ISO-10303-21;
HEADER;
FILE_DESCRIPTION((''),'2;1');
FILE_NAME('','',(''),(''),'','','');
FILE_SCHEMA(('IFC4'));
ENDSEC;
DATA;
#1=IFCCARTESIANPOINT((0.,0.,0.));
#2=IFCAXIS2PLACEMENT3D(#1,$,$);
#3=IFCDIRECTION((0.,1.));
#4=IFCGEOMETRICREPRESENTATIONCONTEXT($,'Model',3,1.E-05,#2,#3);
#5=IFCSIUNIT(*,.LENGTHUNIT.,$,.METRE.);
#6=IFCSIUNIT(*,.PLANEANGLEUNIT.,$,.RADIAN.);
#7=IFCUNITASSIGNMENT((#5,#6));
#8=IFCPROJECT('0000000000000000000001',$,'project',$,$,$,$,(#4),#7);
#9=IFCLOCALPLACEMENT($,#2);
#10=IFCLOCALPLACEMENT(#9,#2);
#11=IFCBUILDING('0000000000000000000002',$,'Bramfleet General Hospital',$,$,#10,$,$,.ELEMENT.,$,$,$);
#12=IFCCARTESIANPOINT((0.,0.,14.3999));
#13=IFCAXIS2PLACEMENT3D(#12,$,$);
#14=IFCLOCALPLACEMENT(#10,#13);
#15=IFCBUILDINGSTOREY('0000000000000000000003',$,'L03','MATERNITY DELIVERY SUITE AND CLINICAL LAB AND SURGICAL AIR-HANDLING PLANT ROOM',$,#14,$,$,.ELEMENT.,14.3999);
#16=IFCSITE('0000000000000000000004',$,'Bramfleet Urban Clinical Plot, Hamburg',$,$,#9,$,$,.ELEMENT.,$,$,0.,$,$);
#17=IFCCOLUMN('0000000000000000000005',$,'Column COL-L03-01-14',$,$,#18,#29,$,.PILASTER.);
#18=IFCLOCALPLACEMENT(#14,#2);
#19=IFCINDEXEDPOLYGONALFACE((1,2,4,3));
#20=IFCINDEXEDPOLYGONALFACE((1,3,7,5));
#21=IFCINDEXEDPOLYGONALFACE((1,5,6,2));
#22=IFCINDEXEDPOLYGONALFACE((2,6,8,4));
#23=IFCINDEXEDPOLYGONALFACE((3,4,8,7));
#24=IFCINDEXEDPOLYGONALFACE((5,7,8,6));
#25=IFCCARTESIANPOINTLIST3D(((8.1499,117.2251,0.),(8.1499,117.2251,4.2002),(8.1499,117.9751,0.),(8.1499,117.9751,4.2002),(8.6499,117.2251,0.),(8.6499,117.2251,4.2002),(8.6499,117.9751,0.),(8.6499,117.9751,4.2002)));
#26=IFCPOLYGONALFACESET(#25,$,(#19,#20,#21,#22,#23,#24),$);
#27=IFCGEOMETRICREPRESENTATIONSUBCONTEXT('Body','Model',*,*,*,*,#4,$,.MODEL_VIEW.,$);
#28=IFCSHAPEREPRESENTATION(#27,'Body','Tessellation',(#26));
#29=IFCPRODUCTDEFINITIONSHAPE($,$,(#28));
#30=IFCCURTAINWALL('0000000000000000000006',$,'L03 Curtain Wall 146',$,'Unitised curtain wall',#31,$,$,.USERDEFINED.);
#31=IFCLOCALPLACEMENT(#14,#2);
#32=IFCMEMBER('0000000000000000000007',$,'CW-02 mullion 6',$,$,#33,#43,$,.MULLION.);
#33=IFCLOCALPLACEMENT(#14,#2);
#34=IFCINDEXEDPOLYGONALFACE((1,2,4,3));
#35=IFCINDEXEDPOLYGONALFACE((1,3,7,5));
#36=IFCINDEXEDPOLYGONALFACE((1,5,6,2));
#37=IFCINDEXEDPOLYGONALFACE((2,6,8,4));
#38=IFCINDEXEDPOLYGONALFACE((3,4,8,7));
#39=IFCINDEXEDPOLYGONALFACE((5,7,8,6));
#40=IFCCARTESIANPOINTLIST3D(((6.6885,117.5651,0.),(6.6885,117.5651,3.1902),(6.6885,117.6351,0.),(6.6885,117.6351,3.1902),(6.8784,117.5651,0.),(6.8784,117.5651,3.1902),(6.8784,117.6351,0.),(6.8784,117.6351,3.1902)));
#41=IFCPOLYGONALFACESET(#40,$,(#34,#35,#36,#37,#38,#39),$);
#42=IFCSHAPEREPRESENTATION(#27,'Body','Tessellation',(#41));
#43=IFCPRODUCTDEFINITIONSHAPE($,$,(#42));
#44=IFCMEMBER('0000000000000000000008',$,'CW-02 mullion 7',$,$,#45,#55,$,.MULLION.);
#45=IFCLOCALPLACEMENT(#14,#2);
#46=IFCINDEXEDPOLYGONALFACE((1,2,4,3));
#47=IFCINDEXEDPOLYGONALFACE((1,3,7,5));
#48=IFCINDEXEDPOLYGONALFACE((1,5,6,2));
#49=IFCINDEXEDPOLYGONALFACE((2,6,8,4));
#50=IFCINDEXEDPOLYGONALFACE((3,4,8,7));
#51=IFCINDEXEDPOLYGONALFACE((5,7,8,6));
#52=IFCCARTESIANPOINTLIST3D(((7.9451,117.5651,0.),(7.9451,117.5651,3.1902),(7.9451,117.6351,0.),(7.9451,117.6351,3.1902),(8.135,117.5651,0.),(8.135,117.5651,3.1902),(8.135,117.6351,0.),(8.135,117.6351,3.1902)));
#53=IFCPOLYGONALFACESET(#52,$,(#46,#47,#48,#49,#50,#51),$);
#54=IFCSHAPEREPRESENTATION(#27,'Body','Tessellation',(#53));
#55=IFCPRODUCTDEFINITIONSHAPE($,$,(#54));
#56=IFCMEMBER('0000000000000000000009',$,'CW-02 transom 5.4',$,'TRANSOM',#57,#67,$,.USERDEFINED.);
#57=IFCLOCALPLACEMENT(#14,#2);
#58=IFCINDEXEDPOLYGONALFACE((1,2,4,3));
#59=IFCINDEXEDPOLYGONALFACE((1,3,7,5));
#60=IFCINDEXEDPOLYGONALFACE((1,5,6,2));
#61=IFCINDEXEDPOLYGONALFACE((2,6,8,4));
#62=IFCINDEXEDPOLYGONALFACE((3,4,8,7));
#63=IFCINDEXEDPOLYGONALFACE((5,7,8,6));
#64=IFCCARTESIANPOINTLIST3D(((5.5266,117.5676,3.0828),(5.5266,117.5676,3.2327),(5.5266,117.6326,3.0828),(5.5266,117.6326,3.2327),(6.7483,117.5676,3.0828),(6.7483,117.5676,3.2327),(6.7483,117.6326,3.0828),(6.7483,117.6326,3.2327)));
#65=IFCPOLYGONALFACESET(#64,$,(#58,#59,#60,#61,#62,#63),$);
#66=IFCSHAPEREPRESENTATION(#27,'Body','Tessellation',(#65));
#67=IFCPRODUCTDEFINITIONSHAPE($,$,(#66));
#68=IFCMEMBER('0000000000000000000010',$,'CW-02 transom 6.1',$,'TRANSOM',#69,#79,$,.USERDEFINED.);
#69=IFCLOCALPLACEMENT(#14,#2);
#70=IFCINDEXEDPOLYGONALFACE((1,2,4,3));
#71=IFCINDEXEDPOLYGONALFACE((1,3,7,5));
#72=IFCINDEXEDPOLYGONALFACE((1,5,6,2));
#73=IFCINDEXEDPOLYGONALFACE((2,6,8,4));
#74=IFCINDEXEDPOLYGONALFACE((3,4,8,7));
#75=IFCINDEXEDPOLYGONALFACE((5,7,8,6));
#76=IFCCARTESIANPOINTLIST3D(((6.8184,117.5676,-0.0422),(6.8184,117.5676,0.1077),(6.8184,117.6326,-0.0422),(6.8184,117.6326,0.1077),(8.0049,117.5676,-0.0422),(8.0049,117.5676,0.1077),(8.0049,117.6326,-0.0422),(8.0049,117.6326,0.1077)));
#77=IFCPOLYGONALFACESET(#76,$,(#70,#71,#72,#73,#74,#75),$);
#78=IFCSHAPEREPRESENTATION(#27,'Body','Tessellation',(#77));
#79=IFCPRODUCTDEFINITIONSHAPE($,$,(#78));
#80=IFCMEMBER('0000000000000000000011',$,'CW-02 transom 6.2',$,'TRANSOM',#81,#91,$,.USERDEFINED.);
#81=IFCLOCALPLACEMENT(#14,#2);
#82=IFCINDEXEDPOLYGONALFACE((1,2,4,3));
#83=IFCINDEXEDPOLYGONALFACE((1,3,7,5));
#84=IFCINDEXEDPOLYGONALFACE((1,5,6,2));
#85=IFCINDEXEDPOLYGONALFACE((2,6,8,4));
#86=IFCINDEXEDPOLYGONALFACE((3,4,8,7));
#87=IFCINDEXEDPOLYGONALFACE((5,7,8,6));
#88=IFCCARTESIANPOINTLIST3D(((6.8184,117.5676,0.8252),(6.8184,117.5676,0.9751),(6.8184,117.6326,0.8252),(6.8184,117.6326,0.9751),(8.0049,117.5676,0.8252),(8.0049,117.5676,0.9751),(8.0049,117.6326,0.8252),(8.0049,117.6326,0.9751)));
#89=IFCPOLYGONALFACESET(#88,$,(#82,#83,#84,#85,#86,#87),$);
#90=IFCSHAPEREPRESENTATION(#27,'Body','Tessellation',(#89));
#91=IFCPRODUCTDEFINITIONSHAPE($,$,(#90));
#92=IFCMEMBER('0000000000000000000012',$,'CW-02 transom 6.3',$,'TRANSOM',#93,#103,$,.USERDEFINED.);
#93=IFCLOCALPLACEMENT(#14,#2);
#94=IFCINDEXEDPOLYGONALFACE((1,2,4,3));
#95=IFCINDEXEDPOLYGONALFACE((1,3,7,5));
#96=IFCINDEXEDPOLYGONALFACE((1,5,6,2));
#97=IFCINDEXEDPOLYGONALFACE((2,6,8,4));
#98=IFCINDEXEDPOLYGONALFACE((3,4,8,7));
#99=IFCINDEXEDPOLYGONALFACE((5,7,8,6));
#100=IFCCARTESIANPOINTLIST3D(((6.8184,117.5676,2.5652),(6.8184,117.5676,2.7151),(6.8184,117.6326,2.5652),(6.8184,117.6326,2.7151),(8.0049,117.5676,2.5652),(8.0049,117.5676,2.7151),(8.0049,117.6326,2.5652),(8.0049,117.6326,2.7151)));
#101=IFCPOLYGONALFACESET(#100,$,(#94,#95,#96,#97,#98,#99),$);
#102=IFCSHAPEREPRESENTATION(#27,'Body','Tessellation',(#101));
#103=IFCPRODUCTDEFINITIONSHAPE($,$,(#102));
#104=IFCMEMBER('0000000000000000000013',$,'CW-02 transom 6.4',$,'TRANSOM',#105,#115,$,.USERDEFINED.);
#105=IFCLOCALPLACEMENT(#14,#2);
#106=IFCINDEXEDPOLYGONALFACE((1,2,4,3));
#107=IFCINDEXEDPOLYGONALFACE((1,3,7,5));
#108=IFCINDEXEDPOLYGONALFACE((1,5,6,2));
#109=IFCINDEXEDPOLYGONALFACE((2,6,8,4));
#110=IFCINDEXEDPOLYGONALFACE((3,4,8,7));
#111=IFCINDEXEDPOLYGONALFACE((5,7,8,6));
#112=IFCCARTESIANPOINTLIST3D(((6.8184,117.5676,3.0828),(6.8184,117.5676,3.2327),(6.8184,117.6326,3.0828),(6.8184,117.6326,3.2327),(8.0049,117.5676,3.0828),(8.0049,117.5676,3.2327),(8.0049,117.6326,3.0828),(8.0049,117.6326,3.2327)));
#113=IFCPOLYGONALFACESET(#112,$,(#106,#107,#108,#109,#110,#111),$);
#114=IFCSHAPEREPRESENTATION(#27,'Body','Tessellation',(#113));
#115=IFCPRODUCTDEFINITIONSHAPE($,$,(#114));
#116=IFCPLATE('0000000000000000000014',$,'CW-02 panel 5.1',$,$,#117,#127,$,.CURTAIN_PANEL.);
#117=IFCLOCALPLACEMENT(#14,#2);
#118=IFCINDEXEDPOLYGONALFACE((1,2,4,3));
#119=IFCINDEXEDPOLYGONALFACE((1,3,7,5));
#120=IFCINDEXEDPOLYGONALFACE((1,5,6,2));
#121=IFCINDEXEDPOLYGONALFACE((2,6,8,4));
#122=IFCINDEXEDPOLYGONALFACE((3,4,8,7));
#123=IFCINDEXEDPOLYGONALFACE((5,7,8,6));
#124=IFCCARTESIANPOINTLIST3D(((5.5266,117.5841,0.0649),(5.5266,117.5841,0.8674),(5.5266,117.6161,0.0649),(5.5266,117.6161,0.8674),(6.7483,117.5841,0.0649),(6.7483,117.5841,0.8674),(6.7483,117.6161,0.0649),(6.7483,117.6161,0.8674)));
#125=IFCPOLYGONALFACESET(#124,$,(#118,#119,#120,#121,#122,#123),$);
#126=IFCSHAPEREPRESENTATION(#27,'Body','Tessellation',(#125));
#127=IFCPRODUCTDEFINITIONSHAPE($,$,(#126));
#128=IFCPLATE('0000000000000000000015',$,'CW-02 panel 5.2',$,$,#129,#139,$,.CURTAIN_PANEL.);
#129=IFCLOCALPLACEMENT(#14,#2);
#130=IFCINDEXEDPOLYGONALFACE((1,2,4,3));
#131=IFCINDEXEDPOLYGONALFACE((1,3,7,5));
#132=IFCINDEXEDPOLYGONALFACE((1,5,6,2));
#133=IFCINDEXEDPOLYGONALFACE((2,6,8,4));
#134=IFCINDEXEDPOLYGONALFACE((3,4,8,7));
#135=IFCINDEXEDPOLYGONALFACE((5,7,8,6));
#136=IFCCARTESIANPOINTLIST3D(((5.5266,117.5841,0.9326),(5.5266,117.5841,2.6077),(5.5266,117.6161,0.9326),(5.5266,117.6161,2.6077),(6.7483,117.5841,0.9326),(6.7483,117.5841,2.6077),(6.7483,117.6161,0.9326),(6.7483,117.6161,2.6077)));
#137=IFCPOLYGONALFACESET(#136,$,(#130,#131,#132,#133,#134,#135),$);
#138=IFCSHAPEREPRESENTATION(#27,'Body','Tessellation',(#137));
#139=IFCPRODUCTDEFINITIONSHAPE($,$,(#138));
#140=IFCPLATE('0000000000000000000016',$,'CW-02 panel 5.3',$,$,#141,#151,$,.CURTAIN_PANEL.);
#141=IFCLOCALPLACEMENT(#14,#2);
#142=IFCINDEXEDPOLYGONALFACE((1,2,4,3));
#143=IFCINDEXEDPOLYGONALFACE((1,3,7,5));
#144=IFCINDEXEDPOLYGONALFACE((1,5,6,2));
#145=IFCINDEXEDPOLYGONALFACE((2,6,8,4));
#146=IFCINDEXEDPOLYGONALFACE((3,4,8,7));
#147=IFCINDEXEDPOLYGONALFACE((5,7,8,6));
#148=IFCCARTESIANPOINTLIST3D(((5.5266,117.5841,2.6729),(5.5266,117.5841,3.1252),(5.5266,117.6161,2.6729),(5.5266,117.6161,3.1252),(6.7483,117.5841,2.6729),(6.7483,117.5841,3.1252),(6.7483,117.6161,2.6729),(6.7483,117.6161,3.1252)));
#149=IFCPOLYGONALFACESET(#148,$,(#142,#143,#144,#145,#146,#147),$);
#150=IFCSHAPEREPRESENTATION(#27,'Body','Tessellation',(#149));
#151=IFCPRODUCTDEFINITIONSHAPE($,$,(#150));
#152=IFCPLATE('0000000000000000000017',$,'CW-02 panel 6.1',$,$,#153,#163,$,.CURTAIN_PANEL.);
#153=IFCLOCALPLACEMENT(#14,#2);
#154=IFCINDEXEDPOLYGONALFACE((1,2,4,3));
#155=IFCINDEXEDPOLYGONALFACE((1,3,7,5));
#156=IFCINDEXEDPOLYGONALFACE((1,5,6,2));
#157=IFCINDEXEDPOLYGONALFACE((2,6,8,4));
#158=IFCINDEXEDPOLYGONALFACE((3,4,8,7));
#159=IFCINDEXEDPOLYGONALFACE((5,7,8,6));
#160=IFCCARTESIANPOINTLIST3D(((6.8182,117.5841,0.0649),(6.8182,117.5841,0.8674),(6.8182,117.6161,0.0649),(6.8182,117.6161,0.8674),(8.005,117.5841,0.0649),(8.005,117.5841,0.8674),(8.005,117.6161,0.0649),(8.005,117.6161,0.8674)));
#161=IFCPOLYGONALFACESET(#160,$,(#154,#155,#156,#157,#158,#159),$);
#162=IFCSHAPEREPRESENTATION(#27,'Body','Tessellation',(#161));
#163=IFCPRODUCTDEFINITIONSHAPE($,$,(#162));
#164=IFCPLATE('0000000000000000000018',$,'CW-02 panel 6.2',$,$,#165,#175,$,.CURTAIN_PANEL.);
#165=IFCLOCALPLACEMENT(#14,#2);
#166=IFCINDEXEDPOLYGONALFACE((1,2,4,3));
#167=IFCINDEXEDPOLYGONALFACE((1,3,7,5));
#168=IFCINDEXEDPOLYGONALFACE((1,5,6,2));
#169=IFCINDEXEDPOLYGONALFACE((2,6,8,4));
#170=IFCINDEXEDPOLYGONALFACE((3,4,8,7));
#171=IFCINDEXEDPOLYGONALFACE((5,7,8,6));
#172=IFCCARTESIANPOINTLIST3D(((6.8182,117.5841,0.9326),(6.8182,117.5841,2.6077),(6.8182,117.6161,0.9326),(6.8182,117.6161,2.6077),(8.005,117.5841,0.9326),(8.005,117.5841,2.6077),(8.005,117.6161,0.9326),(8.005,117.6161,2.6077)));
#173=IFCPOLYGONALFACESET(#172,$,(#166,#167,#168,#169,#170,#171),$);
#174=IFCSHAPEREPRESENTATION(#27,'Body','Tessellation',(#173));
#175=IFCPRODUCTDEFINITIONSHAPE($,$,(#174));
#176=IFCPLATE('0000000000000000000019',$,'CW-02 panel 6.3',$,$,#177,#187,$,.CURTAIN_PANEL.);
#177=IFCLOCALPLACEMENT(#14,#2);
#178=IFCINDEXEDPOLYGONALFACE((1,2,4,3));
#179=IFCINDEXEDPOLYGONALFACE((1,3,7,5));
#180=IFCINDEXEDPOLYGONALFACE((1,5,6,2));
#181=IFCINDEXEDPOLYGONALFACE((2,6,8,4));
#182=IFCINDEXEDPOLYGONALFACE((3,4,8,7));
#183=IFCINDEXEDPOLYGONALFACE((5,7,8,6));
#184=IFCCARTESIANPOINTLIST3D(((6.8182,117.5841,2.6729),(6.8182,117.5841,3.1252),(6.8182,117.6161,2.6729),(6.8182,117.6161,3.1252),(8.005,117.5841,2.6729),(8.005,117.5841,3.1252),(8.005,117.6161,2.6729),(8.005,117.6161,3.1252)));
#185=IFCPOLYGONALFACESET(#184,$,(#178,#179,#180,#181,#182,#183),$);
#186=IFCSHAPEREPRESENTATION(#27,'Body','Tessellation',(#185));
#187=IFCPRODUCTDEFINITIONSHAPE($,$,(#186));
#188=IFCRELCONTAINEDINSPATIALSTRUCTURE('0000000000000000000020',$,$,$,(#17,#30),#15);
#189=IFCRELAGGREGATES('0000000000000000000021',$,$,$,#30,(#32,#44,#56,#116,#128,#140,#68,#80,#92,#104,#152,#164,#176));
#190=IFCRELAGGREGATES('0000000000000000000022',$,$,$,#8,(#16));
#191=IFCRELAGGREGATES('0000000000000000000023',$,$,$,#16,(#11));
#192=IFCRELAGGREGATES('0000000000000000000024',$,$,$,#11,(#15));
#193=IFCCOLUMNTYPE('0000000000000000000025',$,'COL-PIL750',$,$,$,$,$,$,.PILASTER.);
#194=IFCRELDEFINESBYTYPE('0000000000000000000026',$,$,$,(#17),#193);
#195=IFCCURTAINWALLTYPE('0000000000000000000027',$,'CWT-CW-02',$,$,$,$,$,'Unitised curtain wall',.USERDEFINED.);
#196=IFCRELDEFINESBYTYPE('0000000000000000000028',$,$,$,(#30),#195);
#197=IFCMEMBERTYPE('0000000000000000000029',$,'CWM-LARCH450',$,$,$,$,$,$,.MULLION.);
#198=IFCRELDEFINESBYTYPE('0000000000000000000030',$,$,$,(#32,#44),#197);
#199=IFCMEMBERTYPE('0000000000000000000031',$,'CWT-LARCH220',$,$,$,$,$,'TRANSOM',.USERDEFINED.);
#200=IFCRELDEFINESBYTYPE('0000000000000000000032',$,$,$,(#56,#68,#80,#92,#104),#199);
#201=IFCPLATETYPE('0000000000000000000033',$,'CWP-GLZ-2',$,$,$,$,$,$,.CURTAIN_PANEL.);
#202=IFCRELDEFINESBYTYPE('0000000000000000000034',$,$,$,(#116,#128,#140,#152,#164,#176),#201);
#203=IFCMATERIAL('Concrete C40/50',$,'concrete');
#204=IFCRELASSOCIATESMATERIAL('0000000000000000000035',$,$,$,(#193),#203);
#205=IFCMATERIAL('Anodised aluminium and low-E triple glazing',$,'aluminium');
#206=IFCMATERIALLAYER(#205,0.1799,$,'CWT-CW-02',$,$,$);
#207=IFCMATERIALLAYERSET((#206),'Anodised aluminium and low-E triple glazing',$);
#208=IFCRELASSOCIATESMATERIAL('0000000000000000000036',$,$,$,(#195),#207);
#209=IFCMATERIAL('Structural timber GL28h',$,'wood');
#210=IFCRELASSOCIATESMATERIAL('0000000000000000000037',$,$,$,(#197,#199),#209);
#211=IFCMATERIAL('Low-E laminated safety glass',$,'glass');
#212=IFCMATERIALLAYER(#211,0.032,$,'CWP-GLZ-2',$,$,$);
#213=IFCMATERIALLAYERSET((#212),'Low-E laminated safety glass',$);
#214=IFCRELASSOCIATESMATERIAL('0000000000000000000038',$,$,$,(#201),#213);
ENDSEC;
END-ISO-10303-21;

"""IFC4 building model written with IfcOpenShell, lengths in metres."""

from ifc_helpers import new_model, si_unit, direction, frame, origin, origin_2d, place, context, subcontext, project, spatial, rectangle, extrude, material, layer, layer_set, material_profile, profile_set, type_object, element, aggregate, save


model = new_model("IFC4")

# Units and contexts
model_context = context("Model", 3, precision=1e-05, world=origin(), true_north=direction((0.0, 1.0)))
body_context = subcontext(model_context, "Body", "Model", "MODEL_VIEW")
ifc_project = project(units=[si_unit("LENGTHUNIT", "METRE"), si_unit("PLANEANGLEUNIT", "RADIAN")], contexts=[model_context])

# Site, building, storey
site_placement = place(None, origin())
site = spatial("IfcSite", under=ifc_project, at=site_placement, Name="Bramfleet Urban Clinical Plot, Hamburg", CompositionType="ELEMENT", RefElevation=0.0)
building_placement = place(site_placement, origin())
building = spatial("IfcBuilding", under=site, at=building_placement, Name="Bramfleet General Hospital", CompositionType="ELEMENT")
storey_placement = place(building_placement, frame((0.0, 0.0, 14.3999)))
storey = spatial("IfcBuildingStorey", under=building, at=storey_placement, Name="L03", Description="MATERNITY DELIVERY SUITE AND CLINICAL LAB AND SURGICAL AIR-HANDLING PLANT ROOM", CompositionType="ELEMENT", Elevation=14.3999)

# Column
ifc_material_1 = material(Name="Concrete C40/50", Category="concrete")
ifc_material_profile_1 = material_profile(ifc_material_1, rectangle(XDim=0.5, YDim=0.75, at=origin_2d()), Name="RC PIL 750x500")
ifc_profile_set_1 = profile_set([ifc_material_profile_1], Name="Concrete C40/50")
column_type = type_object("IfcColumnType", Name="COL-PIL750", PredefinedType="PILASTER", material=ifc_profile_set_1)
column_placement = place(storey_placement, frame((8.3999, 117.6001, 0.0), z_axis=(0.0, 0.0, 1.0), x_axis=(1.0, 0.0, 0.0)))
element("IfcColumn", 1, at=column_placement, inside=storey, type_object=column_type, Name="Column COL-L03-01-14", PredefinedType="PILASTER", context=body_context, shape_type="SweptSolid", body=[
    extrude(rectangle(XDim=0.5, YDim=0.75, at=origin_2d()), origin(), (0.0, 0.0, 1.0), 4.2002),
])

# Curtain wall, members, plates
ifc_material_2 = material(Name="Anodised aluminium and low-E triple glazing", Category="aluminium")
ifc_layer_1 = layer(ifc_material_2, 0.1799, Name="CWT-CW-02")
ifc_layer_set_1 = layer_set([ifc_layer_1], Name="Anodised aluminium and low-E triple glazing")
curtain_wall_type = type_object("IfcCurtainWallType", Name="CWT-CW-02", ElementType="Unitised curtain wall", PredefinedType="USERDEFINED", material=ifc_layer_set_1)
curtain_wall_placement = place(storey_placement, origin())
curtain_wall = element("IfcCurtainWall", 2, at=curtain_wall_placement, inside=storey, type_object=curtain_wall_type, Name="L03 Curtain Wall 146", ObjectType="Unitised curtain wall", PredefinedType="USERDEFINED")
ifc_material_3 = material(Name="Structural timber GL28h", Category="wood")
ifc_material_profile_2 = material_profile(ifc_material_3, rectangle(XDim=0.0701, YDim=0.1899, at=origin_2d()), Name="LARCH 190x70")
ifc_profile_set_2 = profile_set([ifc_material_profile_2], Name="Structural timber GL28h")
member_type_1 = type_object("IfcMemberType", Name="CWM-LARCH450", PredefinedType="MULLION", material=ifc_profile_set_2)
member_1_placement = place(storey_placement, frame((6.7834, 117.6001, 0.0), z_axis=(0.0, 0.0, 1.0), x_axis=(0.0, 1.0, 0.0)))
member_1 = element("IfcMember", 3, at=member_1_placement, type_object=member_type_1, Name="CW-02 mullion 6", PredefinedType="MULLION", context=body_context, shape_type="SweptSolid", body=[
    extrude(rectangle(XDim=0.0701, YDim=0.1899, at=origin_2d()), origin(), (0.0, 0.0, 1.0), 3.1902),
])
member_2_placement = place(storey_placement, frame((8.04, 117.6001, 0.0), z_axis=(0.0, 0.0, 1.0), x_axis=(0.0, 1.0, 0.0)))
member_2 = element("IfcMember", 4, at=member_2_placement, type_object=member_type_1, Name="CW-02 mullion 7", PredefinedType="MULLION", context=body_context, shape_type="SweptSolid", body=[
    extrude(rectangle(XDim=0.0701, YDim=0.1899, at=origin_2d()), origin(), (0.0, 0.0, 1.0), 3.1902),
])
ifc_material_profile_3 = material_profile(ifc_material_3, rectangle(XDim=0.0649, YDim=0.1499, at=origin_2d()), Name="LARCH 150x65")
ifc_profile_set_3 = profile_set([ifc_material_profile_3], Name="Structural timber GL28h")
member_type_2 = type_object("IfcMemberType", Name="CWT-LARCH220", ElementType="TRANSOM", PredefinedType="USERDEFINED", material=ifc_profile_set_3)
member_3_placement = place(storey_placement, frame((5.5266, 117.6001, 3.1577), z_axis=(1.0, 0.0, 0.0), x_axis=(0.0, 1.0, 0.0)))
member_3 = element("IfcMember", 5, at=member_3_placement, type_object=member_type_2, Name="CW-02 transom 5.4", ObjectType="TRANSOM", PredefinedType="USERDEFINED", context=body_context, shape_type="SweptSolid", body=[
    extrude(rectangle(XDim=0.0649, YDim=0.1499, at=origin_2d()), origin(), (0.0, 0.0, 1.0), 1.2217),
])
member_4_placement = place(storey_placement, frame((6.8184, 117.6001, 0.0327), z_axis=(1.0, 0.0, 0.0), x_axis=(0.0, 1.0, 0.0)))
member_4 = element("IfcMember", 6, at=member_4_placement, type_object=member_type_2, Name="CW-02 transom 6.1", ObjectType="TRANSOM", PredefinedType="USERDEFINED", context=body_context, shape_type="SweptSolid", body=[
    extrude(rectangle(XDim=0.0649, YDim=0.1499, at=origin_2d()), origin(), (0.0, 0.0, 1.0), 1.1865),
])
member_5_placement = place(storey_placement, frame((6.8184, 117.6001, 0.9001), z_axis=(1.0, 0.0, 0.0), x_axis=(0.0, 1.0, 0.0)))
member_5 = element("IfcMember", 7, at=member_5_placement, type_object=member_type_2, Name="CW-02 transom 6.2", ObjectType="TRANSOM", PredefinedType="USERDEFINED", context=body_context, shape_type="SweptSolid", body=[
    extrude(rectangle(XDim=0.0649, YDim=0.1499, at=origin_2d()), origin(), (0.0, 0.0, 1.0), 1.1865),
])
member_6_placement = place(storey_placement, frame((6.8184, 117.6001, 2.6401), z_axis=(1.0, 0.0, 0.0), x_axis=(0.0, 1.0, 0.0)))
member_6 = element("IfcMember", 8, at=member_6_placement, type_object=member_type_2, Name="CW-02 transom 6.3", ObjectType="TRANSOM", PredefinedType="USERDEFINED", context=body_context, shape_type="SweptSolid", body=[
    extrude(rectangle(XDim=0.0649, YDim=0.1499, at=origin_2d()), origin(), (0.0, 0.0, 1.0), 1.1865),
])
member_7_placement = place(storey_placement, frame((6.8184, 117.6001, 3.1577), z_axis=(1.0, 0.0, 0.0), x_axis=(0.0, 1.0, 0.0)))
member_7 = element("IfcMember", 9, at=member_7_placement, type_object=member_type_2, Name="CW-02 transom 6.4", ObjectType="TRANSOM", PredefinedType="USERDEFINED", context=body_context, shape_type="SweptSolid", body=[
    extrude(rectangle(XDim=0.0649, YDim=0.1499, at=origin_2d()), origin(), (0.0, 0.0, 1.0), 1.1865),
])
ifc_material_4 = material(Name="Low-E laminated safety glass", Category="glass")
ifc_layer_2 = layer(ifc_material_4, 0.032, Name="CWP-GLZ-2")
ifc_layer_set_2 = layer_set([ifc_layer_2], Name="Low-E laminated safety glass")
plate_type = type_object("IfcPlateType", Name="CWP-GLZ-2", PredefinedType="CURTAIN_PANEL", material=ifc_layer_set_2)
plate_1_placement = place(storey_placement, frame((6.1375, 117.6001, 0.0649), z_axis=(0.0, 0.0, 1.0), x_axis=(1.0, 0.0, 0.0)))
plate_1 = element("IfcPlate", 10, at=plate_1_placement, type_object=plate_type, Name="CW-02 panel 5.1", PredefinedType="CURTAIN_PANEL", context=body_context, shape_type="SweptSolid", body=[
    extrude(rectangle(XDim=1.2217, YDim=0.032, at=origin_2d()), origin(), (0.0, 0.0, 1.0), 0.8025),
])
plate_2_placement = place(storey_placement, frame((6.1375, 117.6001, 0.9326), z_axis=(0.0, 0.0, 1.0), x_axis=(1.0, 0.0, 0.0)))
plate_2 = element("IfcPlate", 11, at=plate_2_placement, type_object=plate_type, Name="CW-02 panel 5.2", PredefinedType="CURTAIN_PANEL", context=body_context, shape_type="SweptSolid", body=[
    extrude(rectangle(XDim=1.2217, YDim=0.032, at=origin_2d()), origin(), (0.0, 0.0, 1.0), 1.675),
])
plate_3_placement = place(storey_placement, frame((6.1375, 117.6001, 2.6729), z_axis=(0.0, 0.0, 1.0), x_axis=(1.0, 0.0, 0.0)))
plate_3 = element("IfcPlate", 12, at=plate_3_placement, type_object=plate_type, Name="CW-02 panel 5.3", PredefinedType="CURTAIN_PANEL", context=body_context, shape_type="SweptSolid", body=[
    extrude(rectangle(XDim=1.2217, YDim=0.032, at=origin_2d()), origin(), (0.0, 0.0, 1.0), 0.4524),
])
plate_4_placement = place(storey_placement, frame((7.4116, 117.6001, 0.0649), z_axis=(0.0, 0.0, 1.0), x_axis=(1.0, 0.0, 0.0)))
plate_4 = element("IfcPlate", 13, at=plate_4_placement, type_object=plate_type, Name="CW-02 panel 6.1", PredefinedType="CURTAIN_PANEL", context=body_context, shape_type="SweptSolid", body=[
    extrude(rectangle(XDim=1.1868, YDim=0.032, at=origin_2d()), origin(), (0.0, 0.0, 1.0), 0.8025),
])
plate_5_placement = place(storey_placement, frame((7.4116, 117.6001, 0.9326), z_axis=(0.0, 0.0, 1.0), x_axis=(1.0, 0.0, 0.0)))
plate_5 = element("IfcPlate", 14, at=plate_5_placement, type_object=plate_type, Name="CW-02 panel 6.2", PredefinedType="CURTAIN_PANEL", context=body_context, shape_type="SweptSolid", body=[
    extrude(rectangle(XDim=1.1868, YDim=0.032, at=origin_2d()), origin(), (0.0, 0.0, 1.0), 1.675),
])
plate_6_placement = place(storey_placement, frame((7.4116, 117.6001, 2.6729), z_axis=(0.0, 0.0, 1.0), x_axis=(1.0, 0.0, 0.0)))
plate_6 = element("IfcPlate", 15, at=plate_6_placement, type_object=plate_type, Name="CW-02 panel 6.3", PredefinedType="CURTAIN_PANEL", context=body_context, shape_type="SweptSolid", body=[
    extrude(rectangle(XDim=1.1868, YDim=0.032, at=origin_2d()), origin(), (0.0, 0.0, 1.0), 0.4524),
])
aggregate(curtain_wall, [member_1, member_2, member_3, plate_1, plate_2, plate_3, member_4, member_5, member_6, member_7, plate_4, plate_5, plate_6])

save(model, "model.ifc")
